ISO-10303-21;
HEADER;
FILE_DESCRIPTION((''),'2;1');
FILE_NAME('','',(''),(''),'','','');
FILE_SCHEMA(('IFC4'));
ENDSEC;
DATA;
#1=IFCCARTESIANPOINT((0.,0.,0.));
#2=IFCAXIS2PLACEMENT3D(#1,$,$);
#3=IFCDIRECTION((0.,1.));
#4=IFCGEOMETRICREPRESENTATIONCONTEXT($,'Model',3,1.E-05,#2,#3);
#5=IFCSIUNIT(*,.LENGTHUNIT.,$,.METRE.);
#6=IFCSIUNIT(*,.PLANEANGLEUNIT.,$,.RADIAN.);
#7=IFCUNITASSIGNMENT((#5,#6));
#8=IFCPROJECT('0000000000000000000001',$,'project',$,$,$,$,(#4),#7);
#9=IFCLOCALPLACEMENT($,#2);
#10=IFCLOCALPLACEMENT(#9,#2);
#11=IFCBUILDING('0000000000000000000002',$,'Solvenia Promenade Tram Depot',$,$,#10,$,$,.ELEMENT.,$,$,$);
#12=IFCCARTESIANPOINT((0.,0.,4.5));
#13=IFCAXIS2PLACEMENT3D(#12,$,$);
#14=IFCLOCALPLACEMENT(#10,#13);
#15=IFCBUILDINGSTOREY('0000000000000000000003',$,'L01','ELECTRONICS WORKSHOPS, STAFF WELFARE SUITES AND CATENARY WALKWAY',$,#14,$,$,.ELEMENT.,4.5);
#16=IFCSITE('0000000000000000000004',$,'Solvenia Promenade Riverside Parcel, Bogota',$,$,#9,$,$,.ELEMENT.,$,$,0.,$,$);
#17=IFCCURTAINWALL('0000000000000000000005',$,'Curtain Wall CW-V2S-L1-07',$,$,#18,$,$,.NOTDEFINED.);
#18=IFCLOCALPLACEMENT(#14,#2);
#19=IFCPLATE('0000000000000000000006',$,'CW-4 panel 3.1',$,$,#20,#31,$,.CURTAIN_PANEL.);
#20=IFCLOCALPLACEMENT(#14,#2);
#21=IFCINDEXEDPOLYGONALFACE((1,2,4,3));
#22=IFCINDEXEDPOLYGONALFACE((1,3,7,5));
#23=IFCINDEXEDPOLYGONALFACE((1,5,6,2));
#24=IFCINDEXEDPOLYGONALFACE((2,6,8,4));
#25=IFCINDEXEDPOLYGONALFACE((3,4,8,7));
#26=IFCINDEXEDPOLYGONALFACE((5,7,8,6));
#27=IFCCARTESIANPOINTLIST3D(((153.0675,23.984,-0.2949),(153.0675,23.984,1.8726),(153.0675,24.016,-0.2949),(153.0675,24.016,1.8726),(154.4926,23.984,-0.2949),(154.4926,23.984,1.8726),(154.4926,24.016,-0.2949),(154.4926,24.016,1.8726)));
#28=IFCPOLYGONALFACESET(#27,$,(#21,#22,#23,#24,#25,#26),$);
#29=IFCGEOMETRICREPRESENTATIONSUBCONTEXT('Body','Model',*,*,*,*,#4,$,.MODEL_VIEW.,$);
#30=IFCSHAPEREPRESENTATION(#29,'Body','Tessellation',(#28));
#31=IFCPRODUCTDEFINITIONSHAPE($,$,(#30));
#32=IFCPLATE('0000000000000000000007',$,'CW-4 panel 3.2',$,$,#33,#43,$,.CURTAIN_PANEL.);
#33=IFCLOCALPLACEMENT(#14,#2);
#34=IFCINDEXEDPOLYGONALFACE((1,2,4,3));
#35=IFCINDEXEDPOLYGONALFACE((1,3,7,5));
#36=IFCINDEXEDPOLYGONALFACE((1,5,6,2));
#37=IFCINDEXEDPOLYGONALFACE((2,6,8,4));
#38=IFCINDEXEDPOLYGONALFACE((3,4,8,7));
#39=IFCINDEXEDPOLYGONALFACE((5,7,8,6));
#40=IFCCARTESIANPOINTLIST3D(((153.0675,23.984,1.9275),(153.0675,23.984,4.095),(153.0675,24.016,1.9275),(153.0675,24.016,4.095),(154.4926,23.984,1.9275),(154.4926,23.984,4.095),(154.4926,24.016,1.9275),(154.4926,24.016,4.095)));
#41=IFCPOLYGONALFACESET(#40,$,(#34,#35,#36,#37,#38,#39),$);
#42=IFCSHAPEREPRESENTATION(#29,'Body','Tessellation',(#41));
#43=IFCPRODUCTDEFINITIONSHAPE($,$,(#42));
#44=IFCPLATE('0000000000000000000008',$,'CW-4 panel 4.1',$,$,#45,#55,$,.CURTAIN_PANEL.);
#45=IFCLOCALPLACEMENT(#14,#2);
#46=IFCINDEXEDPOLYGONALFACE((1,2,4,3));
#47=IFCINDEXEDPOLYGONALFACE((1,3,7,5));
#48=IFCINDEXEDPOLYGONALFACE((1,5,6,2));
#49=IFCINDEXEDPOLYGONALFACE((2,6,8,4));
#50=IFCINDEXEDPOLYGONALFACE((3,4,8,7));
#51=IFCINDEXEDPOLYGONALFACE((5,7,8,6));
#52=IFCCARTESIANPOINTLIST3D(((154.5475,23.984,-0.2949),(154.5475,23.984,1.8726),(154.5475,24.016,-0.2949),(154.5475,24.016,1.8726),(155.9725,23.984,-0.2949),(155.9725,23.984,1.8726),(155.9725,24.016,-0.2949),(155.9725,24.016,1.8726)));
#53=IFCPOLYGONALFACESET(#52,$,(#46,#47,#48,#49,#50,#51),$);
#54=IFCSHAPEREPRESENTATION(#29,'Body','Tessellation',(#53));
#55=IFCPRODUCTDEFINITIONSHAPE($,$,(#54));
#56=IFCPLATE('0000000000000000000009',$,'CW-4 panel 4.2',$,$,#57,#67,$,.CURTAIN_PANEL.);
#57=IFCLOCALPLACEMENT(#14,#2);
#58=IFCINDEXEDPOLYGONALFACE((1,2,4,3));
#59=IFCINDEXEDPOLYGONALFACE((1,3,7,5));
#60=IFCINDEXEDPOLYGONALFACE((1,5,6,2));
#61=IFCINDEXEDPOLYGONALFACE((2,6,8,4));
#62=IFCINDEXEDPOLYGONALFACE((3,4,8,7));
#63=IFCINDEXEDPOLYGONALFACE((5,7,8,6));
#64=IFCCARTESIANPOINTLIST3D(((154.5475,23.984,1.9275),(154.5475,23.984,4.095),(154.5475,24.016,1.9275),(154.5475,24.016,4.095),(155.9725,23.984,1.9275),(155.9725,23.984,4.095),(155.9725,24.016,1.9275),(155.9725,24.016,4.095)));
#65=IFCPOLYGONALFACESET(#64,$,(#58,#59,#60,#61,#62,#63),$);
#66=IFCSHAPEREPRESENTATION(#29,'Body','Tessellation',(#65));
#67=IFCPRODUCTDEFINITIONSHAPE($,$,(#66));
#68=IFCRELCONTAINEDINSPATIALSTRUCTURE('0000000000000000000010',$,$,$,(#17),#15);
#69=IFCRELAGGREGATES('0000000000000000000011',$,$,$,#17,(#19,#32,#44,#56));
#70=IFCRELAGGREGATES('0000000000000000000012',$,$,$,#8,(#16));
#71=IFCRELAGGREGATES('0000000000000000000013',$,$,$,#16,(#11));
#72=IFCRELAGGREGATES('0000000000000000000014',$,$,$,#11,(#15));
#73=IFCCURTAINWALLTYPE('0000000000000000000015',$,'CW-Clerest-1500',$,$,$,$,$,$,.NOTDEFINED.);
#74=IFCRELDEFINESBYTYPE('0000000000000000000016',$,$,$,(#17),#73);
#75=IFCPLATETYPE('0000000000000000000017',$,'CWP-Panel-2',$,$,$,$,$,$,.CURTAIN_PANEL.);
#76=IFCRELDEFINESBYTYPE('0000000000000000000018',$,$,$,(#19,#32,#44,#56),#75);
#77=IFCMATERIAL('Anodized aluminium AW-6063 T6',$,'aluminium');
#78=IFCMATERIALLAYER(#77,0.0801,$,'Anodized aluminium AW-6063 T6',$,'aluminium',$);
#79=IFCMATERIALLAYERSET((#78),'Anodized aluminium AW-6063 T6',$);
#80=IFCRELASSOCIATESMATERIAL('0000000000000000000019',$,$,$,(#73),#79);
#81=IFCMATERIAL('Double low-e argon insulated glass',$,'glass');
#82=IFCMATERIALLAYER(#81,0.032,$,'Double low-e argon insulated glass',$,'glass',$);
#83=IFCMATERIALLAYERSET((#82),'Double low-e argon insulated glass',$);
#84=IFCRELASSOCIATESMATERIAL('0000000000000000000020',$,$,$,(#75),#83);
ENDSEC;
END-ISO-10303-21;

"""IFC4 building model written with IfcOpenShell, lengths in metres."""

from ifc_helpers import new_model, si_unit, direction, frame, origin, origin_2d, place, context, subcontext, project, spatial, rectangle, extrude, material, layer, layer_set, type_object, element, aggregate, save


model = new_model("IFC4")

# Units and contexts
model_context = context("Model", 3, precision=1e-05, world=origin(), true_north=direction((0.0, 1.0)))
body_context = subcontext(model_context, "Body", "Model", "MODEL_VIEW")
ifc_project = project(units=[si_unit("LENGTHUNIT", "METRE"), si_unit("PLANEANGLEUNIT", "RADIAN")], contexts=[model_context])

# Site, building, storey
site_placement = place(None, origin())
site = spatial("IfcSite", under=ifc_project, at=site_placement, Name="Solvenia Promenade Riverside Parcel, Bogota", CompositionType="ELEMENT", RefElevation=0.0)
building_placement = place(site_placement, origin())
building = spatial("IfcBuilding", under=site, at=building_placement, Name="Solvenia Promenade Tram Depot", CompositionType="ELEMENT")
storey_placement = place(building_placement, frame((0.0, 0.0, 4.5)))
storey = spatial("IfcBuildingStorey", under=building, at=storey_placement, Name="L01", Description="ELECTRONICS WORKSHOPS, STAFF WELFARE SUITES AND CATENARY WALKWAY", CompositionType="ELEMENT", Elevation=4.5)

# Curtain wall
ifc_material_1 = material(Name="Anodized aluminium AW-6063 T6", Category="aluminium")
ifc_layer_1 = layer(ifc_material_1, 0.0801, Name="Anodized aluminium AW-6063 T6", Category="aluminium")
ifc_layer_set_1 = layer_set([ifc_layer_1], Name="Anodized aluminium AW-6063 T6")
curtain_wall_type = type_object("IfcCurtainWallType", Name="CW-Clerest-1500", PredefinedType="NOTDEFINED", material=ifc_layer_set_1)
curtain_wall_placement = place(storey_placement, origin())
curtain_wall = element("IfcCurtainWall", 1, at=curtain_wall_placement, inside=storey, type_object=curtain_wall_type, Name="Curtain Wall CW-V2S-L1-07", PredefinedType="NOTDEFINED")

# Plates
ifc_material_2 = material(Name="Double low-e argon insulated glass", Category="glass")
ifc_layer_2 = layer(ifc_material_2, 0.032, Name="Double low-e argon insulated glass", Category="glass")
ifc_layer_set_2 = layer_set([ifc_layer_2], Name="Double low-e argon insulated glass")
plate_type = type_object("IfcPlateType", Name="CWP-Panel-2", PredefinedType="CURTAIN_PANEL", material=ifc_layer_set_2)
plate_1_placement = place(storey_placement, frame((153.78, 24.0, -0.2949), z_axis=(0.0, 0.0, 1.0), x_axis=(1.0, 0.0, 0.0)))
plate_1 = element("IfcPlate", 2, at=plate_1_placement, type_object=plate_type, Name="CW-4 panel 3.1", PredefinedType="CURTAIN_PANEL", context=body_context, shape_type="SweptSolid", body=[
    extrude(rectangle(XDim=1.425, YDim=0.032, at=origin_2d()), origin(), (0.0, 0.0, 1.0), 2.1675),
])
plate_2_placement = place(storey_placement, frame((153.78, 24.0, 1.9275), z_axis=(0.0, 0.0, 1.0), x_axis=(1.0, 0.0, 0.0)))
plate_2 = element("IfcPlate", 3, at=plate_2_placement, type_object=plate_type, Name="CW-4 panel 3.2", PredefinedType="CURTAIN_PANEL", context=body_context, shape_type="SweptSolid", body=[
    extrude(rectangle(XDim=1.425, YDim=0.032, at=origin_2d()), origin(), (0.0, 0.0, 1.0), 2.1675),
])
plate_3_placement = place(storey_placement, frame((155.26, 24.0, -0.2949), z_axis=(0.0, 0.0, 1.0), x_axis=(1.0, 0.0, 0.0)))
plate_3 = element("IfcPlate", 4, at=plate_3_placement, type_object=plate_type, Name="CW-4 panel 4.1", PredefinedType="CURTAIN_PANEL", context=body_context, shape_type="SweptSolid", body=[
    extrude(rectangle(XDim=1.425, YDim=0.032, at=origin_2d()), origin(), (0.0, 0.0, 1.0), 2.1675),
])
plate_4_placement = place(storey_placement, frame((155.26, 24.0, 1.9275), z_axis=(0.0, 0.0, 1.0), x_axis=(1.0, 0.0, 0.0)))
plate_4 = element("IfcPlate", 5, at=plate_4_placement, type_object=plate_type, Name="CW-4 panel 4.2", PredefinedType="CURTAIN_PANEL", context=body_context, shape_type="SweptSolid", body=[
    extrude(rectangle(XDim=1.425, YDim=0.032, at=origin_2d()), origin(), (0.0, 0.0, 1.0), 2.1675),
])
aggregate(curtain_wall, [plate_1, plate_2, plate_3, plate_4])

save(model, "model.ifc")
